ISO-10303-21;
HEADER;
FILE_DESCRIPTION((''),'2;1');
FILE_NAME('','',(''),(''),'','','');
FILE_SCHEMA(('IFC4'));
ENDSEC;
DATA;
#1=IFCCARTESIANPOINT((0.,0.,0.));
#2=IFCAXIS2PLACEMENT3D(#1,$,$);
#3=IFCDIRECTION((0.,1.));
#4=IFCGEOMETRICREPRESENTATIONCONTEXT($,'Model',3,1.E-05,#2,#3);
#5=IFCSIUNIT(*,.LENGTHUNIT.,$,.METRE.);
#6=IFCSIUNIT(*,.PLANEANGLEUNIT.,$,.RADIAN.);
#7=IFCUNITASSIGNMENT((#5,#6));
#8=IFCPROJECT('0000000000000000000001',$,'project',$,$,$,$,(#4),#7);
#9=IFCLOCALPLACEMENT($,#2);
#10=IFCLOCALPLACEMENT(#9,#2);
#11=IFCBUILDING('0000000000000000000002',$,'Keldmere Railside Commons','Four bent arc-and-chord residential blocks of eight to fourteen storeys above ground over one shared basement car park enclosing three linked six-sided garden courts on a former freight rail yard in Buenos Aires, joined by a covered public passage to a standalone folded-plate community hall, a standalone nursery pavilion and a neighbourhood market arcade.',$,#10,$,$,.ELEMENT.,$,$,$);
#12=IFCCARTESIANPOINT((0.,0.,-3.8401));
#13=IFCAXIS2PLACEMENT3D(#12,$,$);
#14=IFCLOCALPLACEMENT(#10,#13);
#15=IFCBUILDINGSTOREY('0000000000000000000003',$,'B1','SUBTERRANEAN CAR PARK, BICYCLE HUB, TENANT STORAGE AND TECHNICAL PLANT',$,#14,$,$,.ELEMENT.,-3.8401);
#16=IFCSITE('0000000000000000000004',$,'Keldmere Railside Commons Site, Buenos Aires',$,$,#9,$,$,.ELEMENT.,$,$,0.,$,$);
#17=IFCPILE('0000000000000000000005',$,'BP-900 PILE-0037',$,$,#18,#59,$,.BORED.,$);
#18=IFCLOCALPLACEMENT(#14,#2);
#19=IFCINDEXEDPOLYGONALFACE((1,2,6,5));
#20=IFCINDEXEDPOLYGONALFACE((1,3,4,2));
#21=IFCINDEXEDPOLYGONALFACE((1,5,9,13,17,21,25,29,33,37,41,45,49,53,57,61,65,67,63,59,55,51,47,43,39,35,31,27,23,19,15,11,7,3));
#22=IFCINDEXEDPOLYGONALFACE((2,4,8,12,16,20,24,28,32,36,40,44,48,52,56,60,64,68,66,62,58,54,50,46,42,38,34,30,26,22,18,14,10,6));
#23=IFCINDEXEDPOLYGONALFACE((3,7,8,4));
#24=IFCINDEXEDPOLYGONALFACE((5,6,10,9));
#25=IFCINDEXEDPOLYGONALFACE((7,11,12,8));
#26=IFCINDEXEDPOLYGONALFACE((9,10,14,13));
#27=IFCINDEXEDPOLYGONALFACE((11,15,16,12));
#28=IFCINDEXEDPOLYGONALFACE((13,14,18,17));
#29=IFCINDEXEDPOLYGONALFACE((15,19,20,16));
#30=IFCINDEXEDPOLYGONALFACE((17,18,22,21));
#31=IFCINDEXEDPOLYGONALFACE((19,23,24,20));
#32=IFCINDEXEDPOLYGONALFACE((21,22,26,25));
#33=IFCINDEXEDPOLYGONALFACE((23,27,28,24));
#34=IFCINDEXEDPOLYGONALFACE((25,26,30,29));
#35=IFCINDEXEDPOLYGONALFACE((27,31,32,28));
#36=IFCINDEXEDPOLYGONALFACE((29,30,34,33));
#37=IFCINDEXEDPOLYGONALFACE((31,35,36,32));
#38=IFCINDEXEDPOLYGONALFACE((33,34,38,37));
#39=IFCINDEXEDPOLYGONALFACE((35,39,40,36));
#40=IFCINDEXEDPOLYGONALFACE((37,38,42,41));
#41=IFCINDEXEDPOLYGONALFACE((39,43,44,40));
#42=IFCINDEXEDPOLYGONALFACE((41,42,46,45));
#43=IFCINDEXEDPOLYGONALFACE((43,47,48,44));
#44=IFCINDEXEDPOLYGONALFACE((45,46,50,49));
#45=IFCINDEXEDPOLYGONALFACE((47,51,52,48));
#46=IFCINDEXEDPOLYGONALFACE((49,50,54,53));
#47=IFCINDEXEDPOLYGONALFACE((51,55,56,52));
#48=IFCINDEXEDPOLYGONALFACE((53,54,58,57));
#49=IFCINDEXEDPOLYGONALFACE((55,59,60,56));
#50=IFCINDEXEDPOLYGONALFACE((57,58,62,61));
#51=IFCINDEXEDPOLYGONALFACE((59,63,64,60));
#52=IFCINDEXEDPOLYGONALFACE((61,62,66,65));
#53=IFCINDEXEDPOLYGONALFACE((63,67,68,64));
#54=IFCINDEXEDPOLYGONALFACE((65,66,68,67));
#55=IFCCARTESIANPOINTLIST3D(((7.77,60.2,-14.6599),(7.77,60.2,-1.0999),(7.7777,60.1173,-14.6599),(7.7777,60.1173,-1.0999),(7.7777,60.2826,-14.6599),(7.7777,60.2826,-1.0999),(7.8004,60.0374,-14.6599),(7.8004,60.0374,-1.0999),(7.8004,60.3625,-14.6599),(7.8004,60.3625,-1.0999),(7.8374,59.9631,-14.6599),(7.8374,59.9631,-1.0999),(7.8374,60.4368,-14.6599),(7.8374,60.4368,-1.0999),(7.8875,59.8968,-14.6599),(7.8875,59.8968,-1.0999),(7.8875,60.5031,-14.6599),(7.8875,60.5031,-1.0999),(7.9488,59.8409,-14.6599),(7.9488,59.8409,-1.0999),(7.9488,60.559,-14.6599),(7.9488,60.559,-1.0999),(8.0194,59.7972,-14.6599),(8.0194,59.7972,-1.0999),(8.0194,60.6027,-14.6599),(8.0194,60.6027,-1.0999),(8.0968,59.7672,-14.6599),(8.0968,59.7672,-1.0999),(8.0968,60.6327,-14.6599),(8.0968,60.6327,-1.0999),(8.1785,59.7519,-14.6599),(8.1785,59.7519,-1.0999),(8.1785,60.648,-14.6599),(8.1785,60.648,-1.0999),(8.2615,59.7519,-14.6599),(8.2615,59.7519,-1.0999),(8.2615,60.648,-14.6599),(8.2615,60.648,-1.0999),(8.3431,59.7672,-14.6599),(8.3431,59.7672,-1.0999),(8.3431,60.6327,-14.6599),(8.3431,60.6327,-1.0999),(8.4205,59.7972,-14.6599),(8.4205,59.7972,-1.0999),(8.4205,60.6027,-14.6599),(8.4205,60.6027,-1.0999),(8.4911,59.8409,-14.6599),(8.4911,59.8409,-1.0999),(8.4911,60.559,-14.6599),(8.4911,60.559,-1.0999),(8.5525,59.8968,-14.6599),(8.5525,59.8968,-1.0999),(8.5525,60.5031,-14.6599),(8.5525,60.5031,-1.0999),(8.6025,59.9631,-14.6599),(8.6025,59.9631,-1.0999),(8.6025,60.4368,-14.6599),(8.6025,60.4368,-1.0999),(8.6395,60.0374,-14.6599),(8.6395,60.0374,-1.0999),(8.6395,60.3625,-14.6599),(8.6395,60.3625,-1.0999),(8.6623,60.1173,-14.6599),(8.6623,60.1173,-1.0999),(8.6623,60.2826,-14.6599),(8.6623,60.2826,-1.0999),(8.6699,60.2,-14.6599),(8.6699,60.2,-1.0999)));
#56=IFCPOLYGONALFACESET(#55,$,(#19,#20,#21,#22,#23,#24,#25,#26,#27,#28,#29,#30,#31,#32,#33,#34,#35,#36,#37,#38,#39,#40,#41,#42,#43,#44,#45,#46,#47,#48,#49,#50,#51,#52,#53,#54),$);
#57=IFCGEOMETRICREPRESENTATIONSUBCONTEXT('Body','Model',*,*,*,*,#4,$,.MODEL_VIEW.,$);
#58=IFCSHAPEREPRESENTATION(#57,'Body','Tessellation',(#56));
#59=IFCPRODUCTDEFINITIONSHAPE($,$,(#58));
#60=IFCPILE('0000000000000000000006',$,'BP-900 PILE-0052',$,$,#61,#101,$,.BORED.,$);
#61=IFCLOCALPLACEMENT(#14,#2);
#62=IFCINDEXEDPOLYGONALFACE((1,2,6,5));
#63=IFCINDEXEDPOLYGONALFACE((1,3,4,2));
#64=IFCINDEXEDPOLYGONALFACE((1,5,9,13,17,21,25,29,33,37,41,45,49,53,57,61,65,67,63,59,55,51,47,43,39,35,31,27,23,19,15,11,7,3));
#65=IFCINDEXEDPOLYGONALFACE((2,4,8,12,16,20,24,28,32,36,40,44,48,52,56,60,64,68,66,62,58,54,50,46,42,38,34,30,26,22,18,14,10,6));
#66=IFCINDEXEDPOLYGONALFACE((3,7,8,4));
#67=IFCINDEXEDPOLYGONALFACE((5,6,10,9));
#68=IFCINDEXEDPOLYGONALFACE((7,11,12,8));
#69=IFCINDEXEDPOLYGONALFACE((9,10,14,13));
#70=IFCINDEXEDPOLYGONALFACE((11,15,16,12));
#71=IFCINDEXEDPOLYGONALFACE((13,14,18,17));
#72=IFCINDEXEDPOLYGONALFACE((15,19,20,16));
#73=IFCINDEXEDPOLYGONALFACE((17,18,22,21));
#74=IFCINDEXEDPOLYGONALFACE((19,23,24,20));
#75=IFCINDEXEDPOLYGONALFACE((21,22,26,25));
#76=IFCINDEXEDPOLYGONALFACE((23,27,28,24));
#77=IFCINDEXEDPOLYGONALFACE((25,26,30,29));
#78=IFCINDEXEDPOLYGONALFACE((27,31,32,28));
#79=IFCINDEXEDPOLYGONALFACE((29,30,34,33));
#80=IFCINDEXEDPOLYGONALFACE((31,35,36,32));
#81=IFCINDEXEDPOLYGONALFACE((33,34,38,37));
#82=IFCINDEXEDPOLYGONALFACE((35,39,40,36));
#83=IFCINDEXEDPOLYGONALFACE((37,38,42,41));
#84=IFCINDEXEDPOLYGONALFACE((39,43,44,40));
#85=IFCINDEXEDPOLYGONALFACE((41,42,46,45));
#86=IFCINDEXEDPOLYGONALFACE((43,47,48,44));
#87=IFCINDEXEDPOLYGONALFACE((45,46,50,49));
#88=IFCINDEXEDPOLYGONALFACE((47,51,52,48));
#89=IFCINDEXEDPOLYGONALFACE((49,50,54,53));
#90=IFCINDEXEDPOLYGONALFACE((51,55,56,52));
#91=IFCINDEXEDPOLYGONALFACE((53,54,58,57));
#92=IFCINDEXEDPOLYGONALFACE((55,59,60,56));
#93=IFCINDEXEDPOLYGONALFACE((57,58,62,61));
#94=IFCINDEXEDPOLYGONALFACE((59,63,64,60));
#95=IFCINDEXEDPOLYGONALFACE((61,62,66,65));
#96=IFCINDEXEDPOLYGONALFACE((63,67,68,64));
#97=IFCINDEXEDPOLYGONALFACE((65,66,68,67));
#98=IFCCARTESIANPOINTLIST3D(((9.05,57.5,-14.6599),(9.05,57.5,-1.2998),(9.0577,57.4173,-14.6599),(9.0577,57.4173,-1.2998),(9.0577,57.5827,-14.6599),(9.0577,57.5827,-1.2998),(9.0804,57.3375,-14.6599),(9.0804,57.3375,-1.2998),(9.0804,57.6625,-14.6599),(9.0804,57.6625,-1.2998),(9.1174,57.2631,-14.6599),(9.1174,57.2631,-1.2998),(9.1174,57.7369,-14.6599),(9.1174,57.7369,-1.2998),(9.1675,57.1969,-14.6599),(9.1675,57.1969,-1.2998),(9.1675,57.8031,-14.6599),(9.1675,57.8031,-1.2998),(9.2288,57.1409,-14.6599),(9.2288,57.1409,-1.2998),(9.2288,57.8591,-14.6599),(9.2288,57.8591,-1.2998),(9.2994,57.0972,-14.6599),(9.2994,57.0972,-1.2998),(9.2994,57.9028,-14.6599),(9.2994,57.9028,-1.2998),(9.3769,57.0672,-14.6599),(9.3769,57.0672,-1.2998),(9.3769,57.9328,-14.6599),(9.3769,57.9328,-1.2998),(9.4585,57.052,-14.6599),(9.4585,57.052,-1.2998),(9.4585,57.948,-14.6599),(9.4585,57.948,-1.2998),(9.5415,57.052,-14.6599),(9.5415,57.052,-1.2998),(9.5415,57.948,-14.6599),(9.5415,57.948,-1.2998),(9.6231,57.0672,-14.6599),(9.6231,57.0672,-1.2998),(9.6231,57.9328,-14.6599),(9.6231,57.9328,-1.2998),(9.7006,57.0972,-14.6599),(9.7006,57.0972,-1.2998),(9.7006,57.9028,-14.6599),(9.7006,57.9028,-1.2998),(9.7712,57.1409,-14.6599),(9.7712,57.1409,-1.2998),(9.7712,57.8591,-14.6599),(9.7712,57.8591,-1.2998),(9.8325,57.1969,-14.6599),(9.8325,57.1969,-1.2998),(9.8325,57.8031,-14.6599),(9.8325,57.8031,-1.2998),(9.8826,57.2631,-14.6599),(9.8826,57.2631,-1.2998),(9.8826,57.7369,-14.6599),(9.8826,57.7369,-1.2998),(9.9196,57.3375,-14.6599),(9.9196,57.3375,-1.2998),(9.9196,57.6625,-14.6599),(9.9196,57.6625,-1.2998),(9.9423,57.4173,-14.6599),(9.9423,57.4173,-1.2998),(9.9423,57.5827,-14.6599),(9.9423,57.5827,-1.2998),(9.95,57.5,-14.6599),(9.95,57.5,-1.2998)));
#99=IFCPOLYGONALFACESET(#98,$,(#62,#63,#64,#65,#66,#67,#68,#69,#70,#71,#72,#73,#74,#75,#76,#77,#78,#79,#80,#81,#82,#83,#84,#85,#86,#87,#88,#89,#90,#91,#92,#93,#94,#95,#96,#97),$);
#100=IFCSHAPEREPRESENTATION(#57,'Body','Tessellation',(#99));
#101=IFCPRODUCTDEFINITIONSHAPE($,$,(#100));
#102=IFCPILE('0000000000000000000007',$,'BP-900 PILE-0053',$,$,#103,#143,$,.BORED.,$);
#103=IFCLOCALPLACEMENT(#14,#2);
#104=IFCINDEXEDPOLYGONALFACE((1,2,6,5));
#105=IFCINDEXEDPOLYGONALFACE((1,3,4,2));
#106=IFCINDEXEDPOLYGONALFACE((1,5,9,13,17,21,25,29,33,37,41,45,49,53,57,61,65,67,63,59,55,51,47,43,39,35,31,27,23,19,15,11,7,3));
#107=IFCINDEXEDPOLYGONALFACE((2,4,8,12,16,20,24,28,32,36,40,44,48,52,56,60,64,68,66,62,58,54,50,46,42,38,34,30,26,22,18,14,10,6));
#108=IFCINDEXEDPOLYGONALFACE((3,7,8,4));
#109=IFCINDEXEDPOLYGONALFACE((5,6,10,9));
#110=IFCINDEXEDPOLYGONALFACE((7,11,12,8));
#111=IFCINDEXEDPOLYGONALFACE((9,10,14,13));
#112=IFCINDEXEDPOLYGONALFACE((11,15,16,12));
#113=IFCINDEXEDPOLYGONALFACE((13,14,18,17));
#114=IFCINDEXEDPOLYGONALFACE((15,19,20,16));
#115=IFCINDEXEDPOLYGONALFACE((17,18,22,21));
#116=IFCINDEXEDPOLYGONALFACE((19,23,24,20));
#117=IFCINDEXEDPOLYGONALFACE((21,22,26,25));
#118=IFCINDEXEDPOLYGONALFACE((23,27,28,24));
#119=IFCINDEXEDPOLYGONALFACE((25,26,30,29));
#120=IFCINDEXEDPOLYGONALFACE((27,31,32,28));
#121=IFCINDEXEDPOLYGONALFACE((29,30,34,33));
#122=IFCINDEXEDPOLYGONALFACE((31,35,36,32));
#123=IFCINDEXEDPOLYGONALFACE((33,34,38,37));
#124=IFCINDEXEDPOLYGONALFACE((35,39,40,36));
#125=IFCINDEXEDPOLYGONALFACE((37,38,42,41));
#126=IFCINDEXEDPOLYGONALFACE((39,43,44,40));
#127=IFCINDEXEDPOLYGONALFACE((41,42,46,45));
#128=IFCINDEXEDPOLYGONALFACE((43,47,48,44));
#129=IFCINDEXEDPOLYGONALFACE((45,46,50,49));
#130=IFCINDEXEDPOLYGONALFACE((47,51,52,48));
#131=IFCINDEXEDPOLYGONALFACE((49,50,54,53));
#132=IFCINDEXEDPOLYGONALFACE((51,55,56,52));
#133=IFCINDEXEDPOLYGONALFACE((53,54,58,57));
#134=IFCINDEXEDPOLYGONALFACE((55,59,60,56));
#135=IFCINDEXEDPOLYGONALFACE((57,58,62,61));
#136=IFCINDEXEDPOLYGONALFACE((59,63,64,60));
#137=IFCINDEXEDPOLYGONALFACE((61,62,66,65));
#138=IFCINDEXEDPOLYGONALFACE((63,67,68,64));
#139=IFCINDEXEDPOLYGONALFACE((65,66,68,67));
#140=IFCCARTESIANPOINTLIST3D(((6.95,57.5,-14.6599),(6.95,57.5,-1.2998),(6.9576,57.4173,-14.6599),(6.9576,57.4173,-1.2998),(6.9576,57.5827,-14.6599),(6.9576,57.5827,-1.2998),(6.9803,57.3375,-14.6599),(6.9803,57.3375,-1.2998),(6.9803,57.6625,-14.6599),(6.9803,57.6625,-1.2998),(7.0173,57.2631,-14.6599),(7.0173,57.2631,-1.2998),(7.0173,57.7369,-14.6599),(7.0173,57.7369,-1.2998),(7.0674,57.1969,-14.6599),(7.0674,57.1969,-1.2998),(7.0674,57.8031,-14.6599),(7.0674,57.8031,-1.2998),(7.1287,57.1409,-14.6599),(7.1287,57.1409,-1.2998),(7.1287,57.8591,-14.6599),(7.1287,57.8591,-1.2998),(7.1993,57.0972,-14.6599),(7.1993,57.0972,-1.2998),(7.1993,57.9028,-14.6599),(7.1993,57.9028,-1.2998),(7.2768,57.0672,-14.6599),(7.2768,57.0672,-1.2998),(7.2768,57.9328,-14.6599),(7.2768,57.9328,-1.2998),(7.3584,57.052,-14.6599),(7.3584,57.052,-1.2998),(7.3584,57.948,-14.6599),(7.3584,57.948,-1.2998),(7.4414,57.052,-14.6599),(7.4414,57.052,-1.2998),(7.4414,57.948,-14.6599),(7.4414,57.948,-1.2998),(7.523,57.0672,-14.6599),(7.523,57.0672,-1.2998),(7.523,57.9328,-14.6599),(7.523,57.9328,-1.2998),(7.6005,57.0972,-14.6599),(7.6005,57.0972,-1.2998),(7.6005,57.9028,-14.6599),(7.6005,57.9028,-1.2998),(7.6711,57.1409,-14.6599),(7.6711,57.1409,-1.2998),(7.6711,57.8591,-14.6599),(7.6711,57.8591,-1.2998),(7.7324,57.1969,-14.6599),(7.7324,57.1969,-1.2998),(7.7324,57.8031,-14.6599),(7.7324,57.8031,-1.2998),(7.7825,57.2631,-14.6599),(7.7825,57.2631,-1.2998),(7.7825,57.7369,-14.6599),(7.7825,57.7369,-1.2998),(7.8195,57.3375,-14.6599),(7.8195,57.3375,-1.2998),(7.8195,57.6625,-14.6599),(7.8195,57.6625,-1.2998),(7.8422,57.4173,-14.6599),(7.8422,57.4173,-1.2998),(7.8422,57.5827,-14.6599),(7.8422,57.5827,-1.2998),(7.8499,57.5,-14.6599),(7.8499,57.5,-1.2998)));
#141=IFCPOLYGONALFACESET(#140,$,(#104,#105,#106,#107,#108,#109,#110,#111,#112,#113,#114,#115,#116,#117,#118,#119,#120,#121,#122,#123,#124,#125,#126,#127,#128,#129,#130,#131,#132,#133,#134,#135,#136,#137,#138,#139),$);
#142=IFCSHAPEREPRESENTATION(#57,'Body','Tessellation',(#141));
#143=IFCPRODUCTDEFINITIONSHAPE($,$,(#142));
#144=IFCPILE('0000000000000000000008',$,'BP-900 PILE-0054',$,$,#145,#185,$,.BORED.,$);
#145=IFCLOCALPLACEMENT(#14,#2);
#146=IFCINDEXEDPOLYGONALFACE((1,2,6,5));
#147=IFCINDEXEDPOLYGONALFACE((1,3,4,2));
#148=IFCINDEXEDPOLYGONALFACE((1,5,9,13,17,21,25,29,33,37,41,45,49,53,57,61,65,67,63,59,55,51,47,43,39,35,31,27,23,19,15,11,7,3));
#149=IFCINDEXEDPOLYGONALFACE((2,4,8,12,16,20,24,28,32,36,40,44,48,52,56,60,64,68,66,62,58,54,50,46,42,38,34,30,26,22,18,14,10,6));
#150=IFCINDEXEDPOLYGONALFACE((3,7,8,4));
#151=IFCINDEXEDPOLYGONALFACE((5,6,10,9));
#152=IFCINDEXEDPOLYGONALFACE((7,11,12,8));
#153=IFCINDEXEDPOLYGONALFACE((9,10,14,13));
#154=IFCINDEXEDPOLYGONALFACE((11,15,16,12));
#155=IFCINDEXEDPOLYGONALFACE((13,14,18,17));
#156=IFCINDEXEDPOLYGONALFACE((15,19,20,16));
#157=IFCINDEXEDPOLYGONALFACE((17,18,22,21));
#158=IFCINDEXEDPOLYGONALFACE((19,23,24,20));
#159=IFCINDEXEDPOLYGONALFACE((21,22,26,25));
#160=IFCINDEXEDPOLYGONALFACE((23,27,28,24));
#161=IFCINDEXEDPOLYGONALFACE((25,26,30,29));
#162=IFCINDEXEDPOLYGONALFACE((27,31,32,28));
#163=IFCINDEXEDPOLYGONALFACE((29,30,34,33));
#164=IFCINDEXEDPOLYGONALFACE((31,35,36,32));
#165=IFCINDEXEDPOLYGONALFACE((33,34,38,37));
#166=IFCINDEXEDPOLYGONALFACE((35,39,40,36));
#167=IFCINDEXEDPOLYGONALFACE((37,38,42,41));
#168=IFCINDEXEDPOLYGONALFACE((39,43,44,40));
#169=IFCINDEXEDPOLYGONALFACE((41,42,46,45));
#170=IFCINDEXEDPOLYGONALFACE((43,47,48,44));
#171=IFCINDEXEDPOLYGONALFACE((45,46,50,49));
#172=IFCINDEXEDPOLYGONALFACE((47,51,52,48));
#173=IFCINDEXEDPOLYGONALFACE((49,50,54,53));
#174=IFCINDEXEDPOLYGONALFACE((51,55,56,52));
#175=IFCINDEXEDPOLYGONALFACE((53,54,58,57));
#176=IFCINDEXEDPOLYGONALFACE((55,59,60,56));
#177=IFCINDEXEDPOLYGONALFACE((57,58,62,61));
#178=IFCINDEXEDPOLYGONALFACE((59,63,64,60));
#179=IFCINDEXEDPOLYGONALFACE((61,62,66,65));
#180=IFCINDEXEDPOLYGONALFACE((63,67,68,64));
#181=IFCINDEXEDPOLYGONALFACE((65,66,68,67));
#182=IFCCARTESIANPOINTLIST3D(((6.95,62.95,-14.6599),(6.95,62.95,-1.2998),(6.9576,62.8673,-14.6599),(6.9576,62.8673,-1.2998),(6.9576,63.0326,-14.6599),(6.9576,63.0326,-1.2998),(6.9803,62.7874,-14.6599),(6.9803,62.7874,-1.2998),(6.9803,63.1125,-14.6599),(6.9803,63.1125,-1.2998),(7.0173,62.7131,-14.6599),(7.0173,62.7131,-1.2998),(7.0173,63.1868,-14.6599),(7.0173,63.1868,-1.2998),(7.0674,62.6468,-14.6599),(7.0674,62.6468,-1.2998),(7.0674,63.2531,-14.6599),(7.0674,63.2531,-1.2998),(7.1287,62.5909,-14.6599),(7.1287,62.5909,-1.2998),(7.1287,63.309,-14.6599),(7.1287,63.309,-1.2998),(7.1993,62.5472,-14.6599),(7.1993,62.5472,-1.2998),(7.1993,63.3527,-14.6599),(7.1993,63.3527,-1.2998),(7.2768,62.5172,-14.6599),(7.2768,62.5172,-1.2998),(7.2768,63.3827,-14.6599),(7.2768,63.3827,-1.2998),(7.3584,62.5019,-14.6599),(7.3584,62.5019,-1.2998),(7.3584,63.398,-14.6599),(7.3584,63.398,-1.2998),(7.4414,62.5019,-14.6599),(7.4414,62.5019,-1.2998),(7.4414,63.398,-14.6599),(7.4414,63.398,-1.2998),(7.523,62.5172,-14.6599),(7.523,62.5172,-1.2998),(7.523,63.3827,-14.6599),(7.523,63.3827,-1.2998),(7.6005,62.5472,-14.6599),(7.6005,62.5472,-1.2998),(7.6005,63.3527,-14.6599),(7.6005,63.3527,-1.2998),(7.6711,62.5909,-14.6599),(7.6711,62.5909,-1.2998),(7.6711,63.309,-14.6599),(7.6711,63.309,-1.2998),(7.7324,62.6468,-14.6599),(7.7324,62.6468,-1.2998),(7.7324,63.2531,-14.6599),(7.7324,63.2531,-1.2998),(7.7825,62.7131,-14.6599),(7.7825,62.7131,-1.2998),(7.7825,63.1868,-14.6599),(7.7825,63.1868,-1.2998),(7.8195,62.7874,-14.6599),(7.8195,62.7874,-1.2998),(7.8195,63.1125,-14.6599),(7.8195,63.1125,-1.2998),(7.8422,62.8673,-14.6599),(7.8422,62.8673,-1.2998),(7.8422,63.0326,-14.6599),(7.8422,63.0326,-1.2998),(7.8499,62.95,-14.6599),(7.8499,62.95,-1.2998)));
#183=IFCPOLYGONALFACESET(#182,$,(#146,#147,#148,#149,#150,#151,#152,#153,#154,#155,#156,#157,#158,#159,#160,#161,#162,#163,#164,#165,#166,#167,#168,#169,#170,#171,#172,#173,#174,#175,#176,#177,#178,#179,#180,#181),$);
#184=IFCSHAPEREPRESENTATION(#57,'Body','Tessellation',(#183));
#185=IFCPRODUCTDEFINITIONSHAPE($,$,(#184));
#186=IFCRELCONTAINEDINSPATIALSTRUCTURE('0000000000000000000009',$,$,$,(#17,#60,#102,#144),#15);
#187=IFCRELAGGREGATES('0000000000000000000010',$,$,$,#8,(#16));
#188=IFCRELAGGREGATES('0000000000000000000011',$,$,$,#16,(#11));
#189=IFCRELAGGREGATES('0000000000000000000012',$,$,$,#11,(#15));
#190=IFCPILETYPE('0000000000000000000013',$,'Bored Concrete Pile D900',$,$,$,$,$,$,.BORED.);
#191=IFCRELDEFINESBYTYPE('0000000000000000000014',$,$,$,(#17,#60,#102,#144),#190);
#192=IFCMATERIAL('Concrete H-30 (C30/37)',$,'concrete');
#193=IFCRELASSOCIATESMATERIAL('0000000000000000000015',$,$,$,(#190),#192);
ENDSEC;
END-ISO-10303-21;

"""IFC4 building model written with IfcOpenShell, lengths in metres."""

from ifc_helpers import new_model, si_unit, direction, frame, origin, origin_2d, place, context, subcontext, project, spatial, circle, extrude, material, material_profile, profile_set, type_object, element, save


model = new_model("IFC4")

# Units and contexts
model_context = context("Model", 3, precision=1e-05, world=origin(), true_north=direction((0.0, 1.0)))
body_context = subcontext(model_context, "Body", "Model", "MODEL_VIEW")
ifc_project = project(units=[si_unit("LENGTHUNIT", "METRE"), si_unit("PLANEANGLEUNIT", "RADIAN")], contexts=[model_context])

# Site, building, storey
site_placement = place(None, origin())
site = spatial("IfcSite", under=ifc_project, at=site_placement, Name="Keldmere Railside Commons Site, Buenos Aires", CompositionType="ELEMENT", RefElevation=0.0)
building_placement = place(site_placement, origin())
building = spatial("IfcBuilding", under=site, at=building_placement, Name="Keldmere Railside Commons", Description="Four bent arc-and-chord residential blocks of eight to fourteen storeys above ground over one shared basement car park enclosing three linked six-sided garden courts on a former freight rail yard in Buenos Aires, joined by a covered public passage to a standalone folded-plate community hall, a standalone nursery pavilion and a neighbourhood market arcade.", CompositionType="ELEMENT")
storey_placement = place(building_placement, frame((0.0, 0.0, -3.8401)))
storey = spatial("IfcBuildingStorey", under=building, at=storey_placement, Name="B1", Description="SUBTERRANEAN CAR PARK, BICYCLE HUB, TENANT STORAGE AND TECHNICAL PLANT", CompositionType="ELEMENT", Elevation=-3.8401)

# Piles
ifc_material_1 = material(Name="Concrete H-30 (C30/37)", Category="concrete")
ifc_material_profile_1 = material_profile(ifc_material_1, circle(Radius=0.45, at=origin_2d()), Name="PILE-D900")
ifc_profile_set_1 = profile_set([ifc_material_profile_1], Name="Concrete H-30 (C30/37)")
pile_type = type_object("IfcPileType", Name="Bored Concrete Pile D900", PredefinedType="BORED", material=ifc_profile_set_1)
pile_placement = place(storey_placement, frame((8.22, 60.2, -1.0999), z_axis=(0.0, 0.0, -1.0), x_axis=(1.0, 0.0, 0.0)))
element("IfcPile", 1, at=pile_placement, inside=storey, type_object=pile_type, Name="BP-900 PILE-0037", PredefinedType="BORED", context=body_context, shape_type="SweptSolid", body=[
    extrude(circle(Radius=0.45, at=origin_2d()), origin(), (0.0, 0.0, 1.0), 13.5601),
])
for number, where, z_axis, x_axis, name in (
    (2, (9.5, 57.5, -1.2998), (0.0, 0.0, -1.0), (1.0, 0.0, 0.0), "BP-900 PILE-0052"),
    (3, (7.3999, 57.5, -1.2998), (0.0, 0.0, -1.0), (1.0, 0.0, 0.0), "BP-900 PILE-0053"),
    (4, (7.3999, 62.95, -1.2998), (0.0, 0.0, -1.0), (1.0, 0.0, 0.0), "BP-900 PILE-0054"),
):
    element("IfcPile", number, at=place(storey_placement, frame(where, z_axis=z_axis, x_axis=x_axis)), inside=storey, type_object=pile_type, Name=name, PredefinedType="BORED", context=body_context, shape_type="SweptSolid", body=[
        extrude(circle(Radius=0.45, at=origin_2d()), origin(), (0.0, 0.0, 1.0), 13.3601),
    ])

save(model, "model.ifc")
